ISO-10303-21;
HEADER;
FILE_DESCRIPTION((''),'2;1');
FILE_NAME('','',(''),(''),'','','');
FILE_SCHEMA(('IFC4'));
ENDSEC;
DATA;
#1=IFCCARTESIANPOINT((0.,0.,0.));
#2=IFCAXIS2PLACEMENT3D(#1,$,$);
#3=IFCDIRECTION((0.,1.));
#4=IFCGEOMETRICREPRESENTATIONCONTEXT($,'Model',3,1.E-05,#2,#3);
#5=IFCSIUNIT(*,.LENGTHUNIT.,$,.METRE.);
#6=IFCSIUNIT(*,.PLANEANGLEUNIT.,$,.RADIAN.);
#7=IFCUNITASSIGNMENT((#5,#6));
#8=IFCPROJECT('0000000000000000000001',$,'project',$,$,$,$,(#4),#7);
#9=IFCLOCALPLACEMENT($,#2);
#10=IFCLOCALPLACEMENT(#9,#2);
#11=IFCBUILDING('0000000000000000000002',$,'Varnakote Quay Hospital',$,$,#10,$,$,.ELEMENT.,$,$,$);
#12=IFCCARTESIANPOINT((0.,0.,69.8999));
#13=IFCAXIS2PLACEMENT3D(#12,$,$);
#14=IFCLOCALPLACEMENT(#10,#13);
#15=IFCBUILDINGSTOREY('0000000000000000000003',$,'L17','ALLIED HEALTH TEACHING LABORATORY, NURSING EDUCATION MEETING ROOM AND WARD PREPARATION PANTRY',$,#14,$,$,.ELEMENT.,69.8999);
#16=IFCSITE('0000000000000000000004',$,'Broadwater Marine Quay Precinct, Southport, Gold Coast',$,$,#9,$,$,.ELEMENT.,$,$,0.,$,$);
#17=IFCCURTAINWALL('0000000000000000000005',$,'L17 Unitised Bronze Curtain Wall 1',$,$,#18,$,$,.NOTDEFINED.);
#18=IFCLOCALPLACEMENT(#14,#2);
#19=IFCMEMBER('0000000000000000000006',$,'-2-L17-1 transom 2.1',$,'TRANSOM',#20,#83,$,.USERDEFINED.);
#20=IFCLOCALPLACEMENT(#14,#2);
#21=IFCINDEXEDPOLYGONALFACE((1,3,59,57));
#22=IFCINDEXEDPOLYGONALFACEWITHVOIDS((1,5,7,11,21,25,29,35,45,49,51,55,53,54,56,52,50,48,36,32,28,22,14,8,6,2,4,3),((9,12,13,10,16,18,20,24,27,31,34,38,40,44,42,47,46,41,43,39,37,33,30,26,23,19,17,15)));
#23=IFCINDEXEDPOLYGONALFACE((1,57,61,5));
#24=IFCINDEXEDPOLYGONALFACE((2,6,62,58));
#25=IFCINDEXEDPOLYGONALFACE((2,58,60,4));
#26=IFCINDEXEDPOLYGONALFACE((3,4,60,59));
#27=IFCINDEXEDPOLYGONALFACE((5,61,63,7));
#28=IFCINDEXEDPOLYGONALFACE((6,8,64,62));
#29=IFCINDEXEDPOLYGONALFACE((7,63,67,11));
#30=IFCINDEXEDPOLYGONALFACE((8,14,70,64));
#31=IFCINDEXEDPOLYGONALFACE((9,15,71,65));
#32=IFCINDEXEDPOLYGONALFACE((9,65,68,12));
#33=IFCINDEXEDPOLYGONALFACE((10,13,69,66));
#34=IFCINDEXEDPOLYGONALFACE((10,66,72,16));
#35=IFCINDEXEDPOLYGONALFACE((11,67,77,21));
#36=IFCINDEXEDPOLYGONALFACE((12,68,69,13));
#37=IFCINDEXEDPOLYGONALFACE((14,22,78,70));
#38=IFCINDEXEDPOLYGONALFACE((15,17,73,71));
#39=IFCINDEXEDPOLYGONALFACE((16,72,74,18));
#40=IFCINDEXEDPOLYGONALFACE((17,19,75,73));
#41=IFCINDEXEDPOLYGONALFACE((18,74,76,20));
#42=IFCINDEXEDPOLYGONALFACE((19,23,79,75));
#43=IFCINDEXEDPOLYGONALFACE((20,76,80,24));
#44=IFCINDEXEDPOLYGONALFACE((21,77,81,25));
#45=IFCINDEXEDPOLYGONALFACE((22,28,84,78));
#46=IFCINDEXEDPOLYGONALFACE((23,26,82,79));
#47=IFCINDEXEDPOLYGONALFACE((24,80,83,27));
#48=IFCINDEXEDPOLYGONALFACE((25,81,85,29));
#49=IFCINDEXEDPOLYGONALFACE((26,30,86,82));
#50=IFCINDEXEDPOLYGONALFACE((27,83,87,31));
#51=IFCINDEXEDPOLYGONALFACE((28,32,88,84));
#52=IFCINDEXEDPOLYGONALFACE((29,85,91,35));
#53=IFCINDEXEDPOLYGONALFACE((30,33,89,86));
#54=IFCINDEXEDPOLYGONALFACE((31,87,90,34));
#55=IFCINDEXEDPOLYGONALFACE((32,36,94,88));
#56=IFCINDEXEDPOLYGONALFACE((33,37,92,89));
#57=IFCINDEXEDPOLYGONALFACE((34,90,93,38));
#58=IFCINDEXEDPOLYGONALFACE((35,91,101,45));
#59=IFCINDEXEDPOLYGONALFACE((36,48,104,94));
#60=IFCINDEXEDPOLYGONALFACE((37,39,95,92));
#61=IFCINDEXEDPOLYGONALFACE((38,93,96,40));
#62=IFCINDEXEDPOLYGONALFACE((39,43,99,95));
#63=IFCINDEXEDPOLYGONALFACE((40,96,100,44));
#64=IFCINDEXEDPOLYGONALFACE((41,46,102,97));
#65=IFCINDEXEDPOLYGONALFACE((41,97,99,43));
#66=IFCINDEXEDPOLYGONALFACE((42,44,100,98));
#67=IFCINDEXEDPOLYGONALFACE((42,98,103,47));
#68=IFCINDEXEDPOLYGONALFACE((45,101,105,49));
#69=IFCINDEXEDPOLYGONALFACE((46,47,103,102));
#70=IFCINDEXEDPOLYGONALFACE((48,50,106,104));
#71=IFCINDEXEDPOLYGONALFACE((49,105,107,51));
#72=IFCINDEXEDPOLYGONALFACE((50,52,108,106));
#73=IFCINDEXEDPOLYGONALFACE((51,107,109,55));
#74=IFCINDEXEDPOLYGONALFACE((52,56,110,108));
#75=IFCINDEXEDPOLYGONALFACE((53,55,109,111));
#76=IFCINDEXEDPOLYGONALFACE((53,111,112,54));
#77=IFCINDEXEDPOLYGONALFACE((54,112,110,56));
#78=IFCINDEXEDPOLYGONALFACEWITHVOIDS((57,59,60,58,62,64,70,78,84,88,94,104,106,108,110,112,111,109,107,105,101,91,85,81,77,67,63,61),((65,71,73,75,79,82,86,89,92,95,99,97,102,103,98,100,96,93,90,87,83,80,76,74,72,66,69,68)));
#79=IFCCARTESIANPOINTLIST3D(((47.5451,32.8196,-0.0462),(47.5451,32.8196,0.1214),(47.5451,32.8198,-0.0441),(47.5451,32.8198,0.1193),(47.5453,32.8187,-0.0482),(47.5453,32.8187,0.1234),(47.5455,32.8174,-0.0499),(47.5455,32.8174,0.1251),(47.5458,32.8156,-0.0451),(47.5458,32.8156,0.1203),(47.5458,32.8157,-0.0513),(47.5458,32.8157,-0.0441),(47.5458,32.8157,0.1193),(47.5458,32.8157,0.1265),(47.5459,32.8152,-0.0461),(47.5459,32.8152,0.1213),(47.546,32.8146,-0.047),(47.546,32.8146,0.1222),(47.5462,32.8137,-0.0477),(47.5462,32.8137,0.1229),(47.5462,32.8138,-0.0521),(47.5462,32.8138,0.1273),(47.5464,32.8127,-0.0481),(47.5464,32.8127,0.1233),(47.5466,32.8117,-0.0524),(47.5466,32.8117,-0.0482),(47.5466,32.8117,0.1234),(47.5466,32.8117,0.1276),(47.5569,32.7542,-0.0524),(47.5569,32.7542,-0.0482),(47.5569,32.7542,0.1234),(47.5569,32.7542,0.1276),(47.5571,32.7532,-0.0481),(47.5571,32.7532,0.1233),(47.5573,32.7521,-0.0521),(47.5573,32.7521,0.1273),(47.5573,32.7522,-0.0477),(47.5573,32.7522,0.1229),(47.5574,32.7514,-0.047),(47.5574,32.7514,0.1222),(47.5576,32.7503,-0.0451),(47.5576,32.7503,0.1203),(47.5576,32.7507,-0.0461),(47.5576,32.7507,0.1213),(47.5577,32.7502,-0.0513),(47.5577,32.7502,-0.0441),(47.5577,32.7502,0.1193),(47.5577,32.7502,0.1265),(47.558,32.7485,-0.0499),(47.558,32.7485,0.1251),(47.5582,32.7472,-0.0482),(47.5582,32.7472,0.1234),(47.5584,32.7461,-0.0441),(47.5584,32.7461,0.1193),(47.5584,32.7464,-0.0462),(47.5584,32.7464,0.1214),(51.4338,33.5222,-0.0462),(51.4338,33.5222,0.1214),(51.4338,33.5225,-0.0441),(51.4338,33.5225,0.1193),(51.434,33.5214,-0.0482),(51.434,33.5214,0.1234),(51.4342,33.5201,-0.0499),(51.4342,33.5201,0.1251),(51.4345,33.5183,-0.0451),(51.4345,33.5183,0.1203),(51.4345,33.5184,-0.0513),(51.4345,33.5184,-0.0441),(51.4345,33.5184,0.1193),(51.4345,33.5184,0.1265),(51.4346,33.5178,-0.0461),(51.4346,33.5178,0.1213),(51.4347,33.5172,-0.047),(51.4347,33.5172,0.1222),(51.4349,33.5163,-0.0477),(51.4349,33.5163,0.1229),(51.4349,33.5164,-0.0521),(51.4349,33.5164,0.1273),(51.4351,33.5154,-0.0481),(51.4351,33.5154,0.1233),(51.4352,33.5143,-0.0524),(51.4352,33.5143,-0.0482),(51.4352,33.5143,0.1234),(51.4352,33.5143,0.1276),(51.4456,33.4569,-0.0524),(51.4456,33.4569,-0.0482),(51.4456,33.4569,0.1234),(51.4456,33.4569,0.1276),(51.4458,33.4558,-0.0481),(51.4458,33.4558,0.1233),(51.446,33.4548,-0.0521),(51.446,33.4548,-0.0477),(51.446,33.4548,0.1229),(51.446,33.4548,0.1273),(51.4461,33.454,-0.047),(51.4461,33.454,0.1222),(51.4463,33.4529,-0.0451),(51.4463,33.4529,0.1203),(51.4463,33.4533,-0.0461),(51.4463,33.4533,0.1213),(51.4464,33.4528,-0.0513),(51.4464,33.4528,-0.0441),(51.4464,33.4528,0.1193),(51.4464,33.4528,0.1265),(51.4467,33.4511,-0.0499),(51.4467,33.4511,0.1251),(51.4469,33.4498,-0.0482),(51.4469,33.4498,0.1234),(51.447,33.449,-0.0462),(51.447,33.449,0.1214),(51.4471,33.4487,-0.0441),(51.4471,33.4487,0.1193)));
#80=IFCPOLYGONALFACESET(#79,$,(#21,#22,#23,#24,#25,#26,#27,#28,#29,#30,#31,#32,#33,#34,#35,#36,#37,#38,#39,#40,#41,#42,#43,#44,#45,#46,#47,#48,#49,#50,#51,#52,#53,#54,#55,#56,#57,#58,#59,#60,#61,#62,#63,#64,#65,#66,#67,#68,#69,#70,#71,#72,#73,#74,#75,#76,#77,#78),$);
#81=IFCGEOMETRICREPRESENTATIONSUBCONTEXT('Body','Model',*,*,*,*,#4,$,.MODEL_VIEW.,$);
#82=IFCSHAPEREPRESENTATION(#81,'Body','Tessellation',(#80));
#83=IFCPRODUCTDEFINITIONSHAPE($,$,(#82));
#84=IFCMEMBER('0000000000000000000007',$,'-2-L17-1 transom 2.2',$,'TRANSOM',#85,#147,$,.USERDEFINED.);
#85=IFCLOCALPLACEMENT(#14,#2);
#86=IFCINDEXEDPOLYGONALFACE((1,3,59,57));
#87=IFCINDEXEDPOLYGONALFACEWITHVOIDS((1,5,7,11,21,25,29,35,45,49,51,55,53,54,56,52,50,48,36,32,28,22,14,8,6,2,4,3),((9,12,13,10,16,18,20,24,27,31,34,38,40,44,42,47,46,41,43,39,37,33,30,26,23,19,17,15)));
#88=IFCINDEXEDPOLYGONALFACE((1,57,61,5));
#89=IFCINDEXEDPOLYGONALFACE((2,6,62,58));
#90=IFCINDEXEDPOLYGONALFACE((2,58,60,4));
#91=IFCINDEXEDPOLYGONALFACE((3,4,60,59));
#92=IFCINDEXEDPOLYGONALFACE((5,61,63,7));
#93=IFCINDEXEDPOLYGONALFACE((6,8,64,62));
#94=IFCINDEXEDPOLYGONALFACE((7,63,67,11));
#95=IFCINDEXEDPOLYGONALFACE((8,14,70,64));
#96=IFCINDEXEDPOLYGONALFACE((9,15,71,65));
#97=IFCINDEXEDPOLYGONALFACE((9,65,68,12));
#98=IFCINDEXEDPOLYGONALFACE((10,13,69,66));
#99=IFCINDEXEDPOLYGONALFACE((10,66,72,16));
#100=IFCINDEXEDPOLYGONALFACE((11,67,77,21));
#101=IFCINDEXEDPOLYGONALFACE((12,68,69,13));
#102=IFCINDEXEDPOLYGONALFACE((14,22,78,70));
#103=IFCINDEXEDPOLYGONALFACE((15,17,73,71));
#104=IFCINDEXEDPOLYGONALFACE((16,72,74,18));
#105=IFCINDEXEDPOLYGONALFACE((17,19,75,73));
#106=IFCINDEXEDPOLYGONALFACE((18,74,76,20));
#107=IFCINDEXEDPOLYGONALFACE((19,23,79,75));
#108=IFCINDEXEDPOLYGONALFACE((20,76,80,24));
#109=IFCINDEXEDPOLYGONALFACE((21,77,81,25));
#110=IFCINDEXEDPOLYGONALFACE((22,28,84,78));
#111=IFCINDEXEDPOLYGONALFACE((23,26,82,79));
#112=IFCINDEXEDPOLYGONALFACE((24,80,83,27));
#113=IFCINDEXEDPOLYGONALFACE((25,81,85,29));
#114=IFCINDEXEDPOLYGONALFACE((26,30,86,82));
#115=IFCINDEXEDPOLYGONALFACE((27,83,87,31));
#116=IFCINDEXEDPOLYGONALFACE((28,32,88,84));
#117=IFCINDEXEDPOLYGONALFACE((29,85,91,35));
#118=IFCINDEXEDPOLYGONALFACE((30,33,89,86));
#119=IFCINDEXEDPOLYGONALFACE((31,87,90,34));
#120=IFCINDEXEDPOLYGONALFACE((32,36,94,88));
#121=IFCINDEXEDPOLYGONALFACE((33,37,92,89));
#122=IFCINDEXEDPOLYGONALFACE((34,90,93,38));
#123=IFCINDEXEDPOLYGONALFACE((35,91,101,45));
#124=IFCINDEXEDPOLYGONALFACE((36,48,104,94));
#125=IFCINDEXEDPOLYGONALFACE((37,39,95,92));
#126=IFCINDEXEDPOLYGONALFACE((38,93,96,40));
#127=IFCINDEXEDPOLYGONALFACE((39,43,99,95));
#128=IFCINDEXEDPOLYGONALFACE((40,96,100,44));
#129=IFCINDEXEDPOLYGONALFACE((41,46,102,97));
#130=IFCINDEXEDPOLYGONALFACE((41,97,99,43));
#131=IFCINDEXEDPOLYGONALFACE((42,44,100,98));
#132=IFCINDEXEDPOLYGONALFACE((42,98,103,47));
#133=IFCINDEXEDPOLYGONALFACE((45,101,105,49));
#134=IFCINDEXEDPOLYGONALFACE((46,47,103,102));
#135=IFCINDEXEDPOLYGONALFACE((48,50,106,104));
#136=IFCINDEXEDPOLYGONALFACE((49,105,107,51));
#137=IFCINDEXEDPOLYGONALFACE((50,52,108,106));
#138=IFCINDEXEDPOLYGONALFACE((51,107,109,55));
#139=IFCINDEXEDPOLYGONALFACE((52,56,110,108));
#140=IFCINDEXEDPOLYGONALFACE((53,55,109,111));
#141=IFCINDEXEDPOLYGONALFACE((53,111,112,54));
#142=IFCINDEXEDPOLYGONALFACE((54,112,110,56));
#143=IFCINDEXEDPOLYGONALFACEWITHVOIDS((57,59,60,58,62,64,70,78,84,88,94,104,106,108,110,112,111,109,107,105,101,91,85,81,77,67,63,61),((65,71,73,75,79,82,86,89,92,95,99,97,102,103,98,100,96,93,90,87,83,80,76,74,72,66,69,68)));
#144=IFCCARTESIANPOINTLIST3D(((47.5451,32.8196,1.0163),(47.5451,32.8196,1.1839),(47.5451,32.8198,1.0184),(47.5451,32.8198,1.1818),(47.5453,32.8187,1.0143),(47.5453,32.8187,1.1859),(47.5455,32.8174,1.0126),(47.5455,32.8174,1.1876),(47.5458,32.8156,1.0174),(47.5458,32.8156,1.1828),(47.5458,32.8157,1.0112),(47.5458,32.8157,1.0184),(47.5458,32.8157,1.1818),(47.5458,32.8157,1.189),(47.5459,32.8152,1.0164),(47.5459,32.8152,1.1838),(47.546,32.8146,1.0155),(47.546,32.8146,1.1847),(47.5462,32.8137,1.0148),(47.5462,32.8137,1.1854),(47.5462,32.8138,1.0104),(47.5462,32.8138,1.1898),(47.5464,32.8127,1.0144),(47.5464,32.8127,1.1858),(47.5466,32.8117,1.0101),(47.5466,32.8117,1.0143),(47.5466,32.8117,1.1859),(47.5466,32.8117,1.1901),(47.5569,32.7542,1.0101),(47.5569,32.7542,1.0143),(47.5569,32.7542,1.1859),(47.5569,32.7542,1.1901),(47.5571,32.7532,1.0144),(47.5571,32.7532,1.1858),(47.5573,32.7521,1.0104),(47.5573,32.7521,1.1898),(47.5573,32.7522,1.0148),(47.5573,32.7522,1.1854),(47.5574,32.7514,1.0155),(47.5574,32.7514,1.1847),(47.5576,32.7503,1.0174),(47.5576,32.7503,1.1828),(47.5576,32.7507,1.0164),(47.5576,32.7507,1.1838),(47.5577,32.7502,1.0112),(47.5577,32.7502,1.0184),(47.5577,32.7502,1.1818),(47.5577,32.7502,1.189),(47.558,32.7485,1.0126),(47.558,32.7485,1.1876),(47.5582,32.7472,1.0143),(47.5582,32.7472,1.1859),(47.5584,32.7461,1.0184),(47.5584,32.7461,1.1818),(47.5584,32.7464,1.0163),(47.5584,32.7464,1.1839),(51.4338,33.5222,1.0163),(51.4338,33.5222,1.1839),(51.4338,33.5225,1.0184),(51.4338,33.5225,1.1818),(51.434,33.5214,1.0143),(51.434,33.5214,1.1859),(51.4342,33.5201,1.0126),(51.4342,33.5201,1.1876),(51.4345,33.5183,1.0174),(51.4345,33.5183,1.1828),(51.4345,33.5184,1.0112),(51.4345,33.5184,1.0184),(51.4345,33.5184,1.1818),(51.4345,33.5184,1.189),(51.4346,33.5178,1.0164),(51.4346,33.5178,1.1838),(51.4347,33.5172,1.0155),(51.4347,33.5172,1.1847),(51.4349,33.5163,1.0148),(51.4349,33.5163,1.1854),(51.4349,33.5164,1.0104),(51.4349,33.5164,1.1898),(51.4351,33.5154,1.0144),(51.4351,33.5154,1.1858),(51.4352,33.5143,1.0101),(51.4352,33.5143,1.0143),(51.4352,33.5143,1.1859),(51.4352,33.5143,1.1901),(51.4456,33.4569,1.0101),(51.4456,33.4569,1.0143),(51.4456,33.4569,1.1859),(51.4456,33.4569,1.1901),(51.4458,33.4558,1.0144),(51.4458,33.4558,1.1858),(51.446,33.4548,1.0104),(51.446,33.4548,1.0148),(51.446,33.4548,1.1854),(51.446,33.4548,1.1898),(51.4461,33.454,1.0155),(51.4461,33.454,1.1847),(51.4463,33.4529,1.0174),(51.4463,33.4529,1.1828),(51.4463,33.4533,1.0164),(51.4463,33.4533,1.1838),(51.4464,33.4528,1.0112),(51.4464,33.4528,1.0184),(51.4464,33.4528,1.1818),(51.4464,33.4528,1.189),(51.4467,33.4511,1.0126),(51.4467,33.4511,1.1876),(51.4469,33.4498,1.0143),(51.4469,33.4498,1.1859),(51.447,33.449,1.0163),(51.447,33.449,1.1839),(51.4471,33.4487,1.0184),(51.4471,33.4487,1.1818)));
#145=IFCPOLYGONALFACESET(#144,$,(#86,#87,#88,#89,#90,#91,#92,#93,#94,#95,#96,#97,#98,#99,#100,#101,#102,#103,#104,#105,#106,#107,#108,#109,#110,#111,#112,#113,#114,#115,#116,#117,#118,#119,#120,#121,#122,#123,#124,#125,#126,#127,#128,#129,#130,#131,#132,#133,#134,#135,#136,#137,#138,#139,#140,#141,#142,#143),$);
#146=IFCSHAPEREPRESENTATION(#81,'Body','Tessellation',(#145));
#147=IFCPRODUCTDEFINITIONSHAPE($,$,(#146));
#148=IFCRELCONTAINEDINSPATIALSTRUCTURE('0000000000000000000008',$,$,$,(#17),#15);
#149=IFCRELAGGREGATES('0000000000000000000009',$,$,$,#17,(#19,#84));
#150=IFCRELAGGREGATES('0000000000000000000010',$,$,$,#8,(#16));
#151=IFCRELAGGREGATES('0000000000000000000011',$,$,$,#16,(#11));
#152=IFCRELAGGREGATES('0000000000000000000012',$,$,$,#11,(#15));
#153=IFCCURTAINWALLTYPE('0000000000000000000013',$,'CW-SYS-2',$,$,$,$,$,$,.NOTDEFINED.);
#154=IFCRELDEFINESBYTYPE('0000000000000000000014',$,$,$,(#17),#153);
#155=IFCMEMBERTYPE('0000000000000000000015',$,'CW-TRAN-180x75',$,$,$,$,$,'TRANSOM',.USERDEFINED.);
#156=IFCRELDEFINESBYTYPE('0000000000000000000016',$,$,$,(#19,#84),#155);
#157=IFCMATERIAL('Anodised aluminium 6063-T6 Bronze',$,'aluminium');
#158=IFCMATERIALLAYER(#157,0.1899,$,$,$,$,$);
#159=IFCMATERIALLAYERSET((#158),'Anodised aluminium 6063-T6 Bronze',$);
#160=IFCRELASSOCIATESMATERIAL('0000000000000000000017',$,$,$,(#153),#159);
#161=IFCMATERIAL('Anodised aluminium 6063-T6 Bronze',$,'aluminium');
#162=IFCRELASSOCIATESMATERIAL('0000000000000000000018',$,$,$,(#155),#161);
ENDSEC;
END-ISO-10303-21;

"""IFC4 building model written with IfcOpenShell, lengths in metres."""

from ifc_helpers import new_model, si_unit, direction, frame, origin, origin_2d, place, context, subcontext, project, spatial, hollow_rectangle, extrude, material, layer, layer_set, material_profile, profile_set, type_object, element, aggregate, save


model = new_model("IFC4")

# Units and contexts
model_context = context("Model", 3, precision=1e-05, world=origin(), true_north=direction((0.0, 1.0)))
body_context = subcontext(model_context, "Body", "Model", "MODEL_VIEW")
ifc_project = project(units=[si_unit("LENGTHUNIT", "METRE"), si_unit("PLANEANGLEUNIT", "RADIAN")], contexts=[model_context])

# Site, building, storey
site_placement = place(None, origin())
site = spatial("IfcSite", under=ifc_project, at=site_placement, Name="Broadwater Marine Quay Precinct, Southport, Gold Coast", CompositionType="ELEMENT", RefElevation=0.0)
building_placement = place(site_placement, origin())
building = spatial("IfcBuilding", under=site, at=building_placement, Name="Varnakote Quay Hospital", CompositionType="ELEMENT")
storey_placement = place(building_placement, frame((0.0, 0.0, 69.8999)))
storey = spatial("IfcBuildingStorey", under=building, at=storey_placement, Name="L17", Description="ALLIED HEALTH TEACHING LABORATORY, NURSING EDUCATION MEETING ROOM AND WARD PREPARATION PANTRY", CompositionType="ELEMENT", Elevation=69.8999)

# Curtain wall, members
ifc_material_1 = material(Name="Anodised aluminium 6063-T6 Bronze", Category="aluminium")
ifc_layer_1 = layer(ifc_material_1, 0.1899)
ifc_layer_set_1 = layer_set([ifc_layer_1], Name="Anodised aluminium 6063-T6 Bronze")
curtain_wall_type = type_object("IfcCurtainWallType", Name="CW-SYS-2", PredefinedType="NOTDEFINED", material=ifc_layer_set_1)
curtain_wall_placement = place(storey_placement, origin())
curtain_wall = element("IfcCurtainWall", 1, at=curtain_wall_placement, inside=storey, type_object=curtain_wall_type, Name="L17 Unitised Bronze Curtain Wall 1", PredefinedType="NOTDEFINED")
ifc_material_2 = material(Name="Anodised aluminium 6063-T6 Bronze", Category="aluminium")
ifc_material_profile_1 = material_profile(ifc_material_2, hollow_rectangle(XDim=0.075, YDim=0.1799, WallThickness=0.0042, InnerFilletRadius=0.0042, OuterFilletRadius=0.0083, at=origin_2d()), Name="CW-TRAN-180x75")
ifc_profile_set_1 = profile_set([ifc_material_profile_1], Name="Anodised aluminium 6063-T6 Bronze")
member_type_1 = type_object("IfcMemberType", Name="CW-TRAN-180x75", ElementType="TRANSOM", PredefinedType="USERDEFINED", material=ifc_profile_set_1)
member_1_placement = place(storey_placement, frame((51.4404, 33.4856, 0.0376), z_axis=(-0.984065, -0.177809, 0.0), x_axis=(0.177809, -0.984065, 0.0)))
member_1 = element("IfcMember", 2, at=member_1_placement, type_object=member_type_1, Name="-2-L17-1 transom 2.1", ObjectType="TRANSOM", PredefinedType="USERDEFINED", context=body_context, shape_type="SweptSolid", body=[
    extrude(hollow_rectangle(XDim=0.075, YDim=0.1799, WallThickness=0.0042, InnerFilletRadius=0.0042, OuterFilletRadius=0.0083, at=origin_2d()), origin(), (0.0, 0.0, 1.0), 3.9517),
])
member_2_placement = place(storey_placement, frame((51.4404, 33.4856, 1.1001), z_axis=(-0.984065, -0.177809, 0.0), x_axis=(0.177809, -0.984065, 0.0)))
member_2 = element("IfcMember", 3, at=member_2_placement, type_object=member_type_1, Name="-2-L17-1 transom 2.2", ObjectType="TRANSOM", PredefinedType="USERDEFINED", context=body_context, shape_type="SweptSolid", body=[
    extrude(hollow_rectangle(XDim=0.075, YDim=0.1799, WallThickness=0.0042, InnerFilletRadius=0.0042, OuterFilletRadius=0.0083, at=origin_2d()), origin(), (0.0, 0.0, 1.0), 3.9517),
])
aggregate(curtain_wall, [member_1, member_2])

save(model, "model.ifc")
